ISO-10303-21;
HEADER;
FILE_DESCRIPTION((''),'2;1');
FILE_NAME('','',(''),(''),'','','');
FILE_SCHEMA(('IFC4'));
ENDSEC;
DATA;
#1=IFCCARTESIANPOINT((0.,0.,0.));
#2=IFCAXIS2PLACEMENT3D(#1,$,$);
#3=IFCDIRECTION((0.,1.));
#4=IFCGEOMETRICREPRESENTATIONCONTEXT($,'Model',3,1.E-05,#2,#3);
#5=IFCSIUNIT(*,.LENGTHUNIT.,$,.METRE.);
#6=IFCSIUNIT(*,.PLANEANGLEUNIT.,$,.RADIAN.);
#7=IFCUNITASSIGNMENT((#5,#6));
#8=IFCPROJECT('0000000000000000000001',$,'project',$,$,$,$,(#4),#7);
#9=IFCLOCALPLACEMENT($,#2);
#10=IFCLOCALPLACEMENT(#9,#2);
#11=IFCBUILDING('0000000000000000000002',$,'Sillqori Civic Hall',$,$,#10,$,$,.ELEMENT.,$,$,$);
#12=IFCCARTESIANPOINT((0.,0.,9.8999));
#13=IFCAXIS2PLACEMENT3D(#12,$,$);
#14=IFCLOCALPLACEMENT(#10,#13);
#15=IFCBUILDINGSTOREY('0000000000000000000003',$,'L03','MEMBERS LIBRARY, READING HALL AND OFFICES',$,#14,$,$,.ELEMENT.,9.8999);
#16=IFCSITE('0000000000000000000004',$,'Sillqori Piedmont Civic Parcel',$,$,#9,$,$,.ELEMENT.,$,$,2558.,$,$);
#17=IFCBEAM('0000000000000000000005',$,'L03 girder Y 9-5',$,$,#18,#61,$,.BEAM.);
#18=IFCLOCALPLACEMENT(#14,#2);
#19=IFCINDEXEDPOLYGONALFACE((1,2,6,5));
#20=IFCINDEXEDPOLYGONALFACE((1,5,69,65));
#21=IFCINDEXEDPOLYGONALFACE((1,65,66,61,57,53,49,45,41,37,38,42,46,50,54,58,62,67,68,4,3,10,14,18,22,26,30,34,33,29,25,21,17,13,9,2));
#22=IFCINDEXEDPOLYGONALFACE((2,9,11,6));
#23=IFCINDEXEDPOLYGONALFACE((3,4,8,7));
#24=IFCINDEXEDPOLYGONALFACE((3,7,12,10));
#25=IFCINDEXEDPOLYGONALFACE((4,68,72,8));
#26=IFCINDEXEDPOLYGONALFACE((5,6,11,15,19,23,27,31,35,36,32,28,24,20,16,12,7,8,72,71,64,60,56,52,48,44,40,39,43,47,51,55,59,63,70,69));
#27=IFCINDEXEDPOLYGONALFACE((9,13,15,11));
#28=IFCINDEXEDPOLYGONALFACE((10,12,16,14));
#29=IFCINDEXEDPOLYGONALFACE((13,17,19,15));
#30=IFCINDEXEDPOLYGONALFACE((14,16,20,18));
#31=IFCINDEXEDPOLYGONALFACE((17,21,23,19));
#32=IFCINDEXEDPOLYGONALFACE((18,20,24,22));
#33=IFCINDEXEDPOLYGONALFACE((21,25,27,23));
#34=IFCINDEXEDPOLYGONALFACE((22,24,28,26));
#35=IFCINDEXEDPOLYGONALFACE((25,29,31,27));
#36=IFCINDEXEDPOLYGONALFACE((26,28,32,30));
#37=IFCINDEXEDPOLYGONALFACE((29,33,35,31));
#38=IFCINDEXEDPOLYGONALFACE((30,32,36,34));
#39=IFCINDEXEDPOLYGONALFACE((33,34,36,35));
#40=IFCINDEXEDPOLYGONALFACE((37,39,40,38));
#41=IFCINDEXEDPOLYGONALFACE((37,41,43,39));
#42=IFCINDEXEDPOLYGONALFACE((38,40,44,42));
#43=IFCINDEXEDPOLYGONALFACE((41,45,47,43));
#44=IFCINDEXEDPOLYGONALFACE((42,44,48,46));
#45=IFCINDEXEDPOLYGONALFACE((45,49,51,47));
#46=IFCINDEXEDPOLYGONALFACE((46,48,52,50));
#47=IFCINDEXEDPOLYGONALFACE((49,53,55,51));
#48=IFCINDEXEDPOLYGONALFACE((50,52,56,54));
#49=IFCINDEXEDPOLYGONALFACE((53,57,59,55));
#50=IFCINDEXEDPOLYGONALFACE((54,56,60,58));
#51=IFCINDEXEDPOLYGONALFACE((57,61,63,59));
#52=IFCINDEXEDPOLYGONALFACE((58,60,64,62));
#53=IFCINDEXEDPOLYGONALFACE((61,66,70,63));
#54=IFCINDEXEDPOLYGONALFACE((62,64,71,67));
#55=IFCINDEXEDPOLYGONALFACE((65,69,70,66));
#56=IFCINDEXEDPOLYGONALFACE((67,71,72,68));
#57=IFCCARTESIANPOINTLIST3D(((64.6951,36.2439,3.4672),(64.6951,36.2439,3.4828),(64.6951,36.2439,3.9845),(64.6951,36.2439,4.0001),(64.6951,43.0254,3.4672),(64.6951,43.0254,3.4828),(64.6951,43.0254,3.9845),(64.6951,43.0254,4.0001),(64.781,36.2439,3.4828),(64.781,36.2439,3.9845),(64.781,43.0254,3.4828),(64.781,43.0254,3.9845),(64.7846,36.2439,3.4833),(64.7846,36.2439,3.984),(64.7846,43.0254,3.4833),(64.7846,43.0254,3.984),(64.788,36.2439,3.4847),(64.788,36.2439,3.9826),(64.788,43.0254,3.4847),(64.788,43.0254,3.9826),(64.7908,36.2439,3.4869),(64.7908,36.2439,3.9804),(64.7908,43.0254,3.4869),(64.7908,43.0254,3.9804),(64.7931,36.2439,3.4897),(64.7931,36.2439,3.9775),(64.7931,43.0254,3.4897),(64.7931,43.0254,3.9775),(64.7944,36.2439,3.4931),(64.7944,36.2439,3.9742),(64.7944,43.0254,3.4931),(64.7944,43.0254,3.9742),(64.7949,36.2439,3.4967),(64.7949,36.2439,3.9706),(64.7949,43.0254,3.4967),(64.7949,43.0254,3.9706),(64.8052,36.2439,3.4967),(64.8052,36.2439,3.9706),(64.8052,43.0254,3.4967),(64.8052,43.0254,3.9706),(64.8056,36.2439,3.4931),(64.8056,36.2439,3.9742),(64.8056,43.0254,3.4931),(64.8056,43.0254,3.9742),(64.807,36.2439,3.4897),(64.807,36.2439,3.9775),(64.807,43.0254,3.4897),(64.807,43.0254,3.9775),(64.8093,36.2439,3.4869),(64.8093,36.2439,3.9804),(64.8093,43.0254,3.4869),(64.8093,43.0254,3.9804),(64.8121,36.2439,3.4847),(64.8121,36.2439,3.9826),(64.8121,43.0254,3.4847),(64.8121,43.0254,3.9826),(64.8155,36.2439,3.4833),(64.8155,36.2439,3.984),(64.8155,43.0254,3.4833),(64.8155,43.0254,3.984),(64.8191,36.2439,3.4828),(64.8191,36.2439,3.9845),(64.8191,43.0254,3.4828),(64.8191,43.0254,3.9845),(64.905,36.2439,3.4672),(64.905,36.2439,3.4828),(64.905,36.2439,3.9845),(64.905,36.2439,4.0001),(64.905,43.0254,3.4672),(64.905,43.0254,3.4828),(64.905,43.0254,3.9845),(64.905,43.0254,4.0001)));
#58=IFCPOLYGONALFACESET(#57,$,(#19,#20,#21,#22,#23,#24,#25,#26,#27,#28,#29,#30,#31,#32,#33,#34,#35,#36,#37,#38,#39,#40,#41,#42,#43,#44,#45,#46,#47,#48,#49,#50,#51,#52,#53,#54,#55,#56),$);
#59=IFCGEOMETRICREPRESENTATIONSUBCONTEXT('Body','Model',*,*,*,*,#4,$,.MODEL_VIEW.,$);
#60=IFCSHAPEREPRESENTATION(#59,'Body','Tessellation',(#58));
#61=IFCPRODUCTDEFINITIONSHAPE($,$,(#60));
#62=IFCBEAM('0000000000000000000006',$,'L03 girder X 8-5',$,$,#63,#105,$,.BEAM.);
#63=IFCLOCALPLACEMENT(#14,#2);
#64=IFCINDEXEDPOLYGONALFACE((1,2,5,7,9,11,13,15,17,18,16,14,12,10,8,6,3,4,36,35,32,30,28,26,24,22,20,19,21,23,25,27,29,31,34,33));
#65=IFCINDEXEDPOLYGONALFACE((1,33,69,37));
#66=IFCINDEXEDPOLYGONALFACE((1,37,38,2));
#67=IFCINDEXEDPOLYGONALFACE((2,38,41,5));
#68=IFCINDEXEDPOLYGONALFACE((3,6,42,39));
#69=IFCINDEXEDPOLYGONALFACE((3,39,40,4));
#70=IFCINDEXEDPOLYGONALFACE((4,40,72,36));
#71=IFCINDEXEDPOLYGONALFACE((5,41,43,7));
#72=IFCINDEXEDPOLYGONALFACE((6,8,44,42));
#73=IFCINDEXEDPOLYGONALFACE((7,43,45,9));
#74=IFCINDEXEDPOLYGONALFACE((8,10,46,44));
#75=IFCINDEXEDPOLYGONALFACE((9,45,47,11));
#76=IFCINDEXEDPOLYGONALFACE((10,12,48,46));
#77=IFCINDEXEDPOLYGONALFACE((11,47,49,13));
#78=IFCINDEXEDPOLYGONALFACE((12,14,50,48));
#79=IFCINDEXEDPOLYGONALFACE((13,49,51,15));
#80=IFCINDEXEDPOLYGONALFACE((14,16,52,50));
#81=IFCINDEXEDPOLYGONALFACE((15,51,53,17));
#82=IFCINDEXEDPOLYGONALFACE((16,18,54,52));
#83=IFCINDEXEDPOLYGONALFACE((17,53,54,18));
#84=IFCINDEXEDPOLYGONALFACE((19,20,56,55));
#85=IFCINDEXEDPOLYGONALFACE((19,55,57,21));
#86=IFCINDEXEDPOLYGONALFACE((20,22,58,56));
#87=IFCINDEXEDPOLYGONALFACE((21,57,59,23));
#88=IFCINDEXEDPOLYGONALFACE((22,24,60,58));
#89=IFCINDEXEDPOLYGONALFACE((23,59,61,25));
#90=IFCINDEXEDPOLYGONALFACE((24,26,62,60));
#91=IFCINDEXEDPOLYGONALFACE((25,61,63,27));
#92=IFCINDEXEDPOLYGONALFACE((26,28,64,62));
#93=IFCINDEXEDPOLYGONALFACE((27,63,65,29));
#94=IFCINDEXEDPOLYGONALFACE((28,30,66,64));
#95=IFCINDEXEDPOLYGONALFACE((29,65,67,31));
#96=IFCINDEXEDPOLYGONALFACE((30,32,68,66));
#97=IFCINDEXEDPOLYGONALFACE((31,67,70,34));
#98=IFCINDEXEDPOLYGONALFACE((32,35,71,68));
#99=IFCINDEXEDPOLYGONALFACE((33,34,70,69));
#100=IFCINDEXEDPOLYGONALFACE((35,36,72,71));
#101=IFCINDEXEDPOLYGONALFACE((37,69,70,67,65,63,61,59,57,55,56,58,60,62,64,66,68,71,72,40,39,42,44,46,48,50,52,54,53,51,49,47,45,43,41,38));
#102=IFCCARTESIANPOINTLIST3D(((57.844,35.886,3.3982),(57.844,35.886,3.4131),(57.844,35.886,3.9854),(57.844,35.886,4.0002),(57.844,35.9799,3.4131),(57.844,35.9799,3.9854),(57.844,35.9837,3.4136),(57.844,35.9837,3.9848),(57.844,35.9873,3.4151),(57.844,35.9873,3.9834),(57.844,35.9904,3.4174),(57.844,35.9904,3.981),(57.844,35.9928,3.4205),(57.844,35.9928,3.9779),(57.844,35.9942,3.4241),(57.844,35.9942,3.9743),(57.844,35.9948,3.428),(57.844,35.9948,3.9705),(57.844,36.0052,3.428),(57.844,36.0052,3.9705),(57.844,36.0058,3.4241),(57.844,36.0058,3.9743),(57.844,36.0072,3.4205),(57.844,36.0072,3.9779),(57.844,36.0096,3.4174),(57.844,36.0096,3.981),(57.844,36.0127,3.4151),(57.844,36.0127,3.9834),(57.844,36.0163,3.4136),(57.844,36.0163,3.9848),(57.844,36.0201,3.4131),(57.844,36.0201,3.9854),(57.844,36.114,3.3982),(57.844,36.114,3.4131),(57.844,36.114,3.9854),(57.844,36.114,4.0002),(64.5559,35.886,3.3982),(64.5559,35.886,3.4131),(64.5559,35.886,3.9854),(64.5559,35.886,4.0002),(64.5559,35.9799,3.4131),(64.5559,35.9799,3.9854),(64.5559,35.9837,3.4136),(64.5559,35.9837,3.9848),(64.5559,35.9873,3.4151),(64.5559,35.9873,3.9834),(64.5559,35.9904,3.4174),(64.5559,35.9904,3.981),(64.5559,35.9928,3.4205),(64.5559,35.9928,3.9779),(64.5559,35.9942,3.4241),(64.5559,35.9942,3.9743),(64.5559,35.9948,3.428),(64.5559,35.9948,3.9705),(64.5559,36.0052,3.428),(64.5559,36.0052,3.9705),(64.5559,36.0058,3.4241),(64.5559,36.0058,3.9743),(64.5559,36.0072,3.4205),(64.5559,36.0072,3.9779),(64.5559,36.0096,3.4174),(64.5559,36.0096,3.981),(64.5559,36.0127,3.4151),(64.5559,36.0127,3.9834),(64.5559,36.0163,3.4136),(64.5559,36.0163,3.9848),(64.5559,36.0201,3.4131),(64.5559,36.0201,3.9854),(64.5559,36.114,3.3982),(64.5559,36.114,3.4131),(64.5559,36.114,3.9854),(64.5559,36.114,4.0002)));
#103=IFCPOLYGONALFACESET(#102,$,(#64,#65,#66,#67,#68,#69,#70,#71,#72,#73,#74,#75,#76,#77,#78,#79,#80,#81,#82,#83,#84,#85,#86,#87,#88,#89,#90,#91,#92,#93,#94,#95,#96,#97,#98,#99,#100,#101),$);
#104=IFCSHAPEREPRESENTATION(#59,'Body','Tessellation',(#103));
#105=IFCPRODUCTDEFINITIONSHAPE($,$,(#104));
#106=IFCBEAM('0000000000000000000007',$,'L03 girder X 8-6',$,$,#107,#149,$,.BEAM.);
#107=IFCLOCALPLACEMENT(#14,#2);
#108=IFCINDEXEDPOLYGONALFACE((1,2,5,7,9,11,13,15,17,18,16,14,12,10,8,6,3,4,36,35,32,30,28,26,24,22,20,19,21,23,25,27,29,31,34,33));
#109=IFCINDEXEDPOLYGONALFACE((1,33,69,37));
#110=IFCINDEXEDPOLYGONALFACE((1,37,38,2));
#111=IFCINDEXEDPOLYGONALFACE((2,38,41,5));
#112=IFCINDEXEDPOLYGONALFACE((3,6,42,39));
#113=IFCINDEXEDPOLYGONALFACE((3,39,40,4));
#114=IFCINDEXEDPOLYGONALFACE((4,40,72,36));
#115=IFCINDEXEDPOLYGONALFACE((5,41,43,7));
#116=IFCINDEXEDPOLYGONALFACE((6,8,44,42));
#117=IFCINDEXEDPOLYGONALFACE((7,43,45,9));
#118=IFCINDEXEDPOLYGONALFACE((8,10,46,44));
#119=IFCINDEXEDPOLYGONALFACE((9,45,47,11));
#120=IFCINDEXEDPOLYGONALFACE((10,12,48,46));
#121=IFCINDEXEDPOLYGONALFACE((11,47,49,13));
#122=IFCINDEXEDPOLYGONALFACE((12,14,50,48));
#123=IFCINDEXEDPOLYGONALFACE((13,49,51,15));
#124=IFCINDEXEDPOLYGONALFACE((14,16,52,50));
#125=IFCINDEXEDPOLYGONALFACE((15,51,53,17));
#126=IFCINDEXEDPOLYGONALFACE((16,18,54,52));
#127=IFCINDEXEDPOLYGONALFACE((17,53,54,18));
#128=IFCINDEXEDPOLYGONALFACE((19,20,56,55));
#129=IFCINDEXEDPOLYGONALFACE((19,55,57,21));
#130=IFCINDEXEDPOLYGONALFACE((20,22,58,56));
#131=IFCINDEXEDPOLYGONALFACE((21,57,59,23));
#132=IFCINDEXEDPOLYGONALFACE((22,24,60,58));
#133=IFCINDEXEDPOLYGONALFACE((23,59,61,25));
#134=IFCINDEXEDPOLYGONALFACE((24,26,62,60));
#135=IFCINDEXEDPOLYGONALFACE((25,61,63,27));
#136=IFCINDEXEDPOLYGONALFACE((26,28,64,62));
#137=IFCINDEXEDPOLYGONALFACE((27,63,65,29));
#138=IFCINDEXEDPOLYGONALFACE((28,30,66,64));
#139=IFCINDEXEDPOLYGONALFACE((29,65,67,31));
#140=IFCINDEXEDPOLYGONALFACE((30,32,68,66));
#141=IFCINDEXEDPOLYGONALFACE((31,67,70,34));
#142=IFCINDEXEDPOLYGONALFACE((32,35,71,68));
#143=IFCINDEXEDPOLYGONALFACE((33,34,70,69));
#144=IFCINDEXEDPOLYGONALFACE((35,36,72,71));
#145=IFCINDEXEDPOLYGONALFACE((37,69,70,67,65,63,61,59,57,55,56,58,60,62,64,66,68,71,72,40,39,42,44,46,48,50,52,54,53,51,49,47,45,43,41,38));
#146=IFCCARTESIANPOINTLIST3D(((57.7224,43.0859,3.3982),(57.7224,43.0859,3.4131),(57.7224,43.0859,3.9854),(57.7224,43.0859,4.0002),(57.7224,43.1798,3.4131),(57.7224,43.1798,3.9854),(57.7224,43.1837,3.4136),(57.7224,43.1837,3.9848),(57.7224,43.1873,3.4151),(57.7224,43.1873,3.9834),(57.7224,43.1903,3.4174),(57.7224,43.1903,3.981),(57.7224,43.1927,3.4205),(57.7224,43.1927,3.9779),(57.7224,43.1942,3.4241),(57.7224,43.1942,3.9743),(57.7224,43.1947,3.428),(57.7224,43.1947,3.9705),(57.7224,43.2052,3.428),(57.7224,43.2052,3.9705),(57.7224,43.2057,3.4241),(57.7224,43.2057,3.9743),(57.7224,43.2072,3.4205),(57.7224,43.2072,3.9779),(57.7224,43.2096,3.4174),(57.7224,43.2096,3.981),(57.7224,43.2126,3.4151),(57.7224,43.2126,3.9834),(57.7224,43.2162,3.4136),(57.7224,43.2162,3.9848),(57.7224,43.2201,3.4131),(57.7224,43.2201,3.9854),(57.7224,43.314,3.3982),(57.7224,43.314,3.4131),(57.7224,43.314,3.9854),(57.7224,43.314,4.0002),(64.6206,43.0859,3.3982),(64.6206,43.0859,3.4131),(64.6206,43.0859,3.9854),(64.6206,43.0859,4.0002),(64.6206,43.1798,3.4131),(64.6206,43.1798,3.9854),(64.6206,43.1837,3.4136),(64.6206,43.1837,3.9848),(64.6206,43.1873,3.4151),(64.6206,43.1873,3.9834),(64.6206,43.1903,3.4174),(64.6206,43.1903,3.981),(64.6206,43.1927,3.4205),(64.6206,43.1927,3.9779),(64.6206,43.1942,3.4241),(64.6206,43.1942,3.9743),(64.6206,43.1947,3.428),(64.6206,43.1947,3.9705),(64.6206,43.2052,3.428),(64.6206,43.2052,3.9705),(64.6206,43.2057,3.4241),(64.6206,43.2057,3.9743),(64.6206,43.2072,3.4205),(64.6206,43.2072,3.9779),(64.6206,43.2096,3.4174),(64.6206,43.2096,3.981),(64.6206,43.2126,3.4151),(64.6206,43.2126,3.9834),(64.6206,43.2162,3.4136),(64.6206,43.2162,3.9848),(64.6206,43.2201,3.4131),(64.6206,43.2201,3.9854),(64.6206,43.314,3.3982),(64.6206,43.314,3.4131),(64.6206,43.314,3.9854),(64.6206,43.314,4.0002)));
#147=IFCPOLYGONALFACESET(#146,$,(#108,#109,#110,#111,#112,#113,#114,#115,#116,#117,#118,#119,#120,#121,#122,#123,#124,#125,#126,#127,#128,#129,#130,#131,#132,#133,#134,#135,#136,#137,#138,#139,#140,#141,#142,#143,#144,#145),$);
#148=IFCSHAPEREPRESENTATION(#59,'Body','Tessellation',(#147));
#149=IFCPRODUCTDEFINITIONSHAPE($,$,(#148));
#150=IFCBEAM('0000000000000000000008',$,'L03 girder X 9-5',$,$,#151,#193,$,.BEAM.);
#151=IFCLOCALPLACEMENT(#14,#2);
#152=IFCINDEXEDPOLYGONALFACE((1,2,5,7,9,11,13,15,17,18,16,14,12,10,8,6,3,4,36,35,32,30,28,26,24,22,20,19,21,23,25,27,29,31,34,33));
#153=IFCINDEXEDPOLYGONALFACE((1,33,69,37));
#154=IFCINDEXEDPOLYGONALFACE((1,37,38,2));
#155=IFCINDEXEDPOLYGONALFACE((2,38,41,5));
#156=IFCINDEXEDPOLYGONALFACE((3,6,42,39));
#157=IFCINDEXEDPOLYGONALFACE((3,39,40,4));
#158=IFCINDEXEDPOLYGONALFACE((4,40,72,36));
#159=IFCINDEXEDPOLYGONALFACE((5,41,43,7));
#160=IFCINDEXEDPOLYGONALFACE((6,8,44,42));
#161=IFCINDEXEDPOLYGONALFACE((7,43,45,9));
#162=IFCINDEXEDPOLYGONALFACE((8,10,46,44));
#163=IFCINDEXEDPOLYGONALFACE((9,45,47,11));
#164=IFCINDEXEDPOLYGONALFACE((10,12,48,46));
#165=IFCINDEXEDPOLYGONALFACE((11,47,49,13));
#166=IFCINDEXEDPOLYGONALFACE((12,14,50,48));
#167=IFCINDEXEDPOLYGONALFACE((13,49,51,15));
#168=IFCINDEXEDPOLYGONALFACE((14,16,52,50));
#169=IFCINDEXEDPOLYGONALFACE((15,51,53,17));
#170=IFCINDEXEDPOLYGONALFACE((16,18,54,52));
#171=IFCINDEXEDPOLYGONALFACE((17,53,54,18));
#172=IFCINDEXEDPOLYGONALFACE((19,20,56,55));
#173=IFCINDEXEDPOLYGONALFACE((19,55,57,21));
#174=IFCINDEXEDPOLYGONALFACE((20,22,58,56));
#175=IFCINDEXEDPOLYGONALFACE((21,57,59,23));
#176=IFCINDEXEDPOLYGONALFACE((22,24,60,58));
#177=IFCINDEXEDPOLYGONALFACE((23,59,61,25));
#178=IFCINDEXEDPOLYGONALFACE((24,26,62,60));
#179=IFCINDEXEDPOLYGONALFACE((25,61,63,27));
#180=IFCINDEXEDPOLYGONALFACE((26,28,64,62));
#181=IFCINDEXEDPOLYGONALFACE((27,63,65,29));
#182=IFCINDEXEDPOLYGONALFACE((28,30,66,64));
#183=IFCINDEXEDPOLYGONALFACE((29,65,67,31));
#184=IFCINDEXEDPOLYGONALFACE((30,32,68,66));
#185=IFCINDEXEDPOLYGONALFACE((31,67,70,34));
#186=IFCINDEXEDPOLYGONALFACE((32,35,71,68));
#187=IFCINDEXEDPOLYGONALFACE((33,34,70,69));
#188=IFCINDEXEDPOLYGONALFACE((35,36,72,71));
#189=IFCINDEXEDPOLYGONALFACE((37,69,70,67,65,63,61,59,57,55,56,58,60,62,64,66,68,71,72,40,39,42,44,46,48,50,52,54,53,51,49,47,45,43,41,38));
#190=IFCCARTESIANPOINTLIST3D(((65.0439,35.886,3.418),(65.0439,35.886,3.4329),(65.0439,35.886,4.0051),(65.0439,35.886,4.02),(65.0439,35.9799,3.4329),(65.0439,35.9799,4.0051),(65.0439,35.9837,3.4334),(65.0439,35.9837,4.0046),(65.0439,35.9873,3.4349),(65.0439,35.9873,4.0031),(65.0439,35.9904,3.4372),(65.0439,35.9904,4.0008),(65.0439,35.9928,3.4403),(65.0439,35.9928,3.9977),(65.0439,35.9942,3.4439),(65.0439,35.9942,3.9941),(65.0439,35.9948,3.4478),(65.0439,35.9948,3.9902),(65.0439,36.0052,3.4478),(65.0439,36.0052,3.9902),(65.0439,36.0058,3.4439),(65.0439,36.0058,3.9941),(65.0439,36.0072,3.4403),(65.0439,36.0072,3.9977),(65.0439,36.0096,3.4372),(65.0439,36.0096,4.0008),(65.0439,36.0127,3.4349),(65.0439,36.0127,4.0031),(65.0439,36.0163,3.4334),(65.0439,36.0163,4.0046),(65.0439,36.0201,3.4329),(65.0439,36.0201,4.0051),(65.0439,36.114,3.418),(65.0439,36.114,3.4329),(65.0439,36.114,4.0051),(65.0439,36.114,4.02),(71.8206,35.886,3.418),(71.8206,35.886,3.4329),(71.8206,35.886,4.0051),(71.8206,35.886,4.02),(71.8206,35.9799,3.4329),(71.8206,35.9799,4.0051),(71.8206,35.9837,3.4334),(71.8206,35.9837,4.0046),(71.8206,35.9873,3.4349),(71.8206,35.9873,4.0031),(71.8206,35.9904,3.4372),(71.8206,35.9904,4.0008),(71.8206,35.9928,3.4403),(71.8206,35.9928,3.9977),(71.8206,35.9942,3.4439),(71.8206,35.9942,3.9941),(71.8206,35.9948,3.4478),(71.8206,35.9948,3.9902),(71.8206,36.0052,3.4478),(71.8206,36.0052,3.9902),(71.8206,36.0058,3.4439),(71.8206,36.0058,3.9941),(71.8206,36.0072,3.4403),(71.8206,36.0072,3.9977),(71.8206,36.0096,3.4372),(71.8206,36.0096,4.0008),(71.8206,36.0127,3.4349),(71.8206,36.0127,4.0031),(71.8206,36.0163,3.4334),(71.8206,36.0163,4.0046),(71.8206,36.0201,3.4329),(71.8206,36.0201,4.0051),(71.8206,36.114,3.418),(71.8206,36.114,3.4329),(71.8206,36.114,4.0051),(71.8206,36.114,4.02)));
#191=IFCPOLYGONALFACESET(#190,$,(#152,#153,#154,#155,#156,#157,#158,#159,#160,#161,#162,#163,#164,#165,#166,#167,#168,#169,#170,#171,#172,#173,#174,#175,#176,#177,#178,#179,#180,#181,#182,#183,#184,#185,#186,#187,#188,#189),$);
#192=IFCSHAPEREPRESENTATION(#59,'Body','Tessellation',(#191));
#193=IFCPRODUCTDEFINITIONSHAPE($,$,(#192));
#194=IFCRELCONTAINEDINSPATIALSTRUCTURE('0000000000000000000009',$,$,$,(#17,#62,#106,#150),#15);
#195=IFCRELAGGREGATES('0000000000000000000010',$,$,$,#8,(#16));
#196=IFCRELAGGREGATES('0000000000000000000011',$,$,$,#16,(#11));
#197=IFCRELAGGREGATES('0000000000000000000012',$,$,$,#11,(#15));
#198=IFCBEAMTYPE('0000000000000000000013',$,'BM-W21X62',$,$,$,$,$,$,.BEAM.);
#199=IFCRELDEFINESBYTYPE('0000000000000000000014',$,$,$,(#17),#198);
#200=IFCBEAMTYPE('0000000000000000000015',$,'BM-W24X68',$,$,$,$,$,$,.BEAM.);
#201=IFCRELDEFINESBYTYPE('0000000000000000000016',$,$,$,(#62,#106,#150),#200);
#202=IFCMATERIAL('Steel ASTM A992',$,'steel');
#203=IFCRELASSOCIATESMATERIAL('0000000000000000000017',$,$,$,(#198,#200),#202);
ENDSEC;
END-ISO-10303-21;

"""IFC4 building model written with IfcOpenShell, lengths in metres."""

from ifc_helpers import new_model, si_unit, direction, frame, origin, origin_2d, place, context, subcontext, project, spatial, i_section, extrude, material, material_profile, profile_set, type_object, element, save


model = new_model("IFC4")

# Units and contexts
model_context = context("Model", 3, precision=1e-05, world=origin(), true_north=direction((0.0, 1.0)))
body_context = subcontext(model_context, "Body", "Model", "MODEL_VIEW")
ifc_project = project(units=[si_unit("LENGTHUNIT", "METRE"), si_unit("PLANEANGLEUNIT", "RADIAN")], contexts=[model_context])

# Site, building, storey
site_placement = place(None, origin())
site = spatial("IfcSite", under=ifc_project, at=site_placement, Name="Sillqori Piedmont Civic Parcel", CompositionType="ELEMENT", RefElevation=2558.0)
building_placement = place(site_placement, origin())
building = spatial("IfcBuilding", under=site, at=building_placement, Name="Sillqori Civic Hall", CompositionType="ELEMENT")
storey_placement = place(building_placement, frame((0.0, 0.0, 9.8999)))
storey = spatial("IfcBuildingStorey", under=building, at=storey_placement, Name="L03", Description="MEMBERS LIBRARY, READING HALL AND OFFICES", CompositionType="ELEMENT", Elevation=9.8999)

# Shared definitions
ifc_material_1 = material(Name="Steel ASTM A992", Category="steel")

# Beams
ifc_material_profile_1 = material_profile(ifc_material_1, i_section(OverallWidth=0.21, OverallDepth=0.533, WebThickness=0.0103, FlangeThickness=0.0156, FilletRadius=0.0139, at=origin_2d()), Name="W21X62")
ifc_profile_set_1 = profile_set([ifc_material_profile_1], Name="Steel ASTM A992")
beam_type_1 = type_object("IfcBeamType", Name="BM-W21X62", PredefinedType="BEAM", material=ifc_profile_set_1)
beam_1_placement = place(storey_placement, frame((64.8, 36.2439, 3.7336), z_axis=(0.0, 1.0, 0.0), x_axis=(-1.0, 0.0, 0.0)))
element("IfcBeam", 1, at=beam_1_placement, inside=storey, type_object=beam_type_1, Name="L03 girder Y 9-5", PredefinedType="BEAM", context=body_context, shape_type="SweptSolid", body=[
    extrude(i_section(OverallWidth=0.21, OverallDepth=0.533, WebThickness=0.0103, FlangeThickness=0.0156, FilletRadius=0.0139, at=origin_2d()), origin(), (0.0, 0.0, 1.0), 6.7815),
])
ifc_material_profile_2 = material_profile(ifc_material_1, i_section(OverallWidth=0.228, OverallDepth=0.6021, WebThickness=0.0105, FlangeThickness=0.0149, FilletRadius=0.0149, at=origin_2d()), Name="W24X68")
ifc_profile_set_2 = profile_set([ifc_material_profile_2], Name="Steel ASTM A992")
beam_type_2 = type_object("IfcBeamType", Name="BM-W24X68", PredefinedType="BEAM", material=ifc_profile_set_2)
beam_2_placement = place(storey_placement, frame((57.844, 36.0, 3.6992), z_axis=(1.0, 0.0, 0.0), x_axis=(0.0, 1.0, 0.0)))
element("IfcBeam", 2, at=beam_2_placement, inside=storey, type_object=beam_type_2, Name="L03 girder X 8-5", PredefinedType="BEAM", context=body_context, shape_type="SweptSolid", body=[
    extrude(i_section(OverallWidth=0.228, OverallDepth=0.6021, WebThickness=0.0105, FlangeThickness=0.0149, FilletRadius=0.0149, at=origin_2d()), origin(), (0.0, 0.0, 1.0), 6.7119),
])
beam_3_placement = place(storey_placement, frame((57.7224, 43.2, 3.6992), z_axis=(1.0, 0.0, 0.0), x_axis=(0.0, 1.0, 0.0)))
element("IfcBeam", 3, at=beam_3_placement, inside=storey, type_object=beam_type_2, Name="L03 girder X 8-6", PredefinedType="BEAM", context=body_context, shape_type="SweptSolid", body=[
    extrude(i_section(OverallWidth=0.228, OverallDepth=0.6021, WebThickness=0.0105, FlangeThickness=0.0149, FilletRadius=0.0149, at=origin_2d()), origin(), (0.0, 0.0, 1.0), 6.8982),
])
beam_4_placement = place(storey_placement, frame((65.0439, 36.0, 3.719), z_axis=(1.0, 0.0, 0.0), x_axis=(0.0, 1.0, 0.0)))
element("IfcBeam", 4, at=beam_4_placement, inside=storey, type_object=beam_type_2, Name="L03 girder X 9-5", PredefinedType="BEAM", context=body_context, shape_type="SweptSolid", body=[
    extrude(i_section(OverallWidth=0.228, OverallDepth=0.6021, WebThickness=0.0105, FlangeThickness=0.0149, FilletRadius=0.0149, at=origin_2d()), origin(), (0.0, 0.0, 1.0), 6.7766),
])

save(model, "model.ifc")
